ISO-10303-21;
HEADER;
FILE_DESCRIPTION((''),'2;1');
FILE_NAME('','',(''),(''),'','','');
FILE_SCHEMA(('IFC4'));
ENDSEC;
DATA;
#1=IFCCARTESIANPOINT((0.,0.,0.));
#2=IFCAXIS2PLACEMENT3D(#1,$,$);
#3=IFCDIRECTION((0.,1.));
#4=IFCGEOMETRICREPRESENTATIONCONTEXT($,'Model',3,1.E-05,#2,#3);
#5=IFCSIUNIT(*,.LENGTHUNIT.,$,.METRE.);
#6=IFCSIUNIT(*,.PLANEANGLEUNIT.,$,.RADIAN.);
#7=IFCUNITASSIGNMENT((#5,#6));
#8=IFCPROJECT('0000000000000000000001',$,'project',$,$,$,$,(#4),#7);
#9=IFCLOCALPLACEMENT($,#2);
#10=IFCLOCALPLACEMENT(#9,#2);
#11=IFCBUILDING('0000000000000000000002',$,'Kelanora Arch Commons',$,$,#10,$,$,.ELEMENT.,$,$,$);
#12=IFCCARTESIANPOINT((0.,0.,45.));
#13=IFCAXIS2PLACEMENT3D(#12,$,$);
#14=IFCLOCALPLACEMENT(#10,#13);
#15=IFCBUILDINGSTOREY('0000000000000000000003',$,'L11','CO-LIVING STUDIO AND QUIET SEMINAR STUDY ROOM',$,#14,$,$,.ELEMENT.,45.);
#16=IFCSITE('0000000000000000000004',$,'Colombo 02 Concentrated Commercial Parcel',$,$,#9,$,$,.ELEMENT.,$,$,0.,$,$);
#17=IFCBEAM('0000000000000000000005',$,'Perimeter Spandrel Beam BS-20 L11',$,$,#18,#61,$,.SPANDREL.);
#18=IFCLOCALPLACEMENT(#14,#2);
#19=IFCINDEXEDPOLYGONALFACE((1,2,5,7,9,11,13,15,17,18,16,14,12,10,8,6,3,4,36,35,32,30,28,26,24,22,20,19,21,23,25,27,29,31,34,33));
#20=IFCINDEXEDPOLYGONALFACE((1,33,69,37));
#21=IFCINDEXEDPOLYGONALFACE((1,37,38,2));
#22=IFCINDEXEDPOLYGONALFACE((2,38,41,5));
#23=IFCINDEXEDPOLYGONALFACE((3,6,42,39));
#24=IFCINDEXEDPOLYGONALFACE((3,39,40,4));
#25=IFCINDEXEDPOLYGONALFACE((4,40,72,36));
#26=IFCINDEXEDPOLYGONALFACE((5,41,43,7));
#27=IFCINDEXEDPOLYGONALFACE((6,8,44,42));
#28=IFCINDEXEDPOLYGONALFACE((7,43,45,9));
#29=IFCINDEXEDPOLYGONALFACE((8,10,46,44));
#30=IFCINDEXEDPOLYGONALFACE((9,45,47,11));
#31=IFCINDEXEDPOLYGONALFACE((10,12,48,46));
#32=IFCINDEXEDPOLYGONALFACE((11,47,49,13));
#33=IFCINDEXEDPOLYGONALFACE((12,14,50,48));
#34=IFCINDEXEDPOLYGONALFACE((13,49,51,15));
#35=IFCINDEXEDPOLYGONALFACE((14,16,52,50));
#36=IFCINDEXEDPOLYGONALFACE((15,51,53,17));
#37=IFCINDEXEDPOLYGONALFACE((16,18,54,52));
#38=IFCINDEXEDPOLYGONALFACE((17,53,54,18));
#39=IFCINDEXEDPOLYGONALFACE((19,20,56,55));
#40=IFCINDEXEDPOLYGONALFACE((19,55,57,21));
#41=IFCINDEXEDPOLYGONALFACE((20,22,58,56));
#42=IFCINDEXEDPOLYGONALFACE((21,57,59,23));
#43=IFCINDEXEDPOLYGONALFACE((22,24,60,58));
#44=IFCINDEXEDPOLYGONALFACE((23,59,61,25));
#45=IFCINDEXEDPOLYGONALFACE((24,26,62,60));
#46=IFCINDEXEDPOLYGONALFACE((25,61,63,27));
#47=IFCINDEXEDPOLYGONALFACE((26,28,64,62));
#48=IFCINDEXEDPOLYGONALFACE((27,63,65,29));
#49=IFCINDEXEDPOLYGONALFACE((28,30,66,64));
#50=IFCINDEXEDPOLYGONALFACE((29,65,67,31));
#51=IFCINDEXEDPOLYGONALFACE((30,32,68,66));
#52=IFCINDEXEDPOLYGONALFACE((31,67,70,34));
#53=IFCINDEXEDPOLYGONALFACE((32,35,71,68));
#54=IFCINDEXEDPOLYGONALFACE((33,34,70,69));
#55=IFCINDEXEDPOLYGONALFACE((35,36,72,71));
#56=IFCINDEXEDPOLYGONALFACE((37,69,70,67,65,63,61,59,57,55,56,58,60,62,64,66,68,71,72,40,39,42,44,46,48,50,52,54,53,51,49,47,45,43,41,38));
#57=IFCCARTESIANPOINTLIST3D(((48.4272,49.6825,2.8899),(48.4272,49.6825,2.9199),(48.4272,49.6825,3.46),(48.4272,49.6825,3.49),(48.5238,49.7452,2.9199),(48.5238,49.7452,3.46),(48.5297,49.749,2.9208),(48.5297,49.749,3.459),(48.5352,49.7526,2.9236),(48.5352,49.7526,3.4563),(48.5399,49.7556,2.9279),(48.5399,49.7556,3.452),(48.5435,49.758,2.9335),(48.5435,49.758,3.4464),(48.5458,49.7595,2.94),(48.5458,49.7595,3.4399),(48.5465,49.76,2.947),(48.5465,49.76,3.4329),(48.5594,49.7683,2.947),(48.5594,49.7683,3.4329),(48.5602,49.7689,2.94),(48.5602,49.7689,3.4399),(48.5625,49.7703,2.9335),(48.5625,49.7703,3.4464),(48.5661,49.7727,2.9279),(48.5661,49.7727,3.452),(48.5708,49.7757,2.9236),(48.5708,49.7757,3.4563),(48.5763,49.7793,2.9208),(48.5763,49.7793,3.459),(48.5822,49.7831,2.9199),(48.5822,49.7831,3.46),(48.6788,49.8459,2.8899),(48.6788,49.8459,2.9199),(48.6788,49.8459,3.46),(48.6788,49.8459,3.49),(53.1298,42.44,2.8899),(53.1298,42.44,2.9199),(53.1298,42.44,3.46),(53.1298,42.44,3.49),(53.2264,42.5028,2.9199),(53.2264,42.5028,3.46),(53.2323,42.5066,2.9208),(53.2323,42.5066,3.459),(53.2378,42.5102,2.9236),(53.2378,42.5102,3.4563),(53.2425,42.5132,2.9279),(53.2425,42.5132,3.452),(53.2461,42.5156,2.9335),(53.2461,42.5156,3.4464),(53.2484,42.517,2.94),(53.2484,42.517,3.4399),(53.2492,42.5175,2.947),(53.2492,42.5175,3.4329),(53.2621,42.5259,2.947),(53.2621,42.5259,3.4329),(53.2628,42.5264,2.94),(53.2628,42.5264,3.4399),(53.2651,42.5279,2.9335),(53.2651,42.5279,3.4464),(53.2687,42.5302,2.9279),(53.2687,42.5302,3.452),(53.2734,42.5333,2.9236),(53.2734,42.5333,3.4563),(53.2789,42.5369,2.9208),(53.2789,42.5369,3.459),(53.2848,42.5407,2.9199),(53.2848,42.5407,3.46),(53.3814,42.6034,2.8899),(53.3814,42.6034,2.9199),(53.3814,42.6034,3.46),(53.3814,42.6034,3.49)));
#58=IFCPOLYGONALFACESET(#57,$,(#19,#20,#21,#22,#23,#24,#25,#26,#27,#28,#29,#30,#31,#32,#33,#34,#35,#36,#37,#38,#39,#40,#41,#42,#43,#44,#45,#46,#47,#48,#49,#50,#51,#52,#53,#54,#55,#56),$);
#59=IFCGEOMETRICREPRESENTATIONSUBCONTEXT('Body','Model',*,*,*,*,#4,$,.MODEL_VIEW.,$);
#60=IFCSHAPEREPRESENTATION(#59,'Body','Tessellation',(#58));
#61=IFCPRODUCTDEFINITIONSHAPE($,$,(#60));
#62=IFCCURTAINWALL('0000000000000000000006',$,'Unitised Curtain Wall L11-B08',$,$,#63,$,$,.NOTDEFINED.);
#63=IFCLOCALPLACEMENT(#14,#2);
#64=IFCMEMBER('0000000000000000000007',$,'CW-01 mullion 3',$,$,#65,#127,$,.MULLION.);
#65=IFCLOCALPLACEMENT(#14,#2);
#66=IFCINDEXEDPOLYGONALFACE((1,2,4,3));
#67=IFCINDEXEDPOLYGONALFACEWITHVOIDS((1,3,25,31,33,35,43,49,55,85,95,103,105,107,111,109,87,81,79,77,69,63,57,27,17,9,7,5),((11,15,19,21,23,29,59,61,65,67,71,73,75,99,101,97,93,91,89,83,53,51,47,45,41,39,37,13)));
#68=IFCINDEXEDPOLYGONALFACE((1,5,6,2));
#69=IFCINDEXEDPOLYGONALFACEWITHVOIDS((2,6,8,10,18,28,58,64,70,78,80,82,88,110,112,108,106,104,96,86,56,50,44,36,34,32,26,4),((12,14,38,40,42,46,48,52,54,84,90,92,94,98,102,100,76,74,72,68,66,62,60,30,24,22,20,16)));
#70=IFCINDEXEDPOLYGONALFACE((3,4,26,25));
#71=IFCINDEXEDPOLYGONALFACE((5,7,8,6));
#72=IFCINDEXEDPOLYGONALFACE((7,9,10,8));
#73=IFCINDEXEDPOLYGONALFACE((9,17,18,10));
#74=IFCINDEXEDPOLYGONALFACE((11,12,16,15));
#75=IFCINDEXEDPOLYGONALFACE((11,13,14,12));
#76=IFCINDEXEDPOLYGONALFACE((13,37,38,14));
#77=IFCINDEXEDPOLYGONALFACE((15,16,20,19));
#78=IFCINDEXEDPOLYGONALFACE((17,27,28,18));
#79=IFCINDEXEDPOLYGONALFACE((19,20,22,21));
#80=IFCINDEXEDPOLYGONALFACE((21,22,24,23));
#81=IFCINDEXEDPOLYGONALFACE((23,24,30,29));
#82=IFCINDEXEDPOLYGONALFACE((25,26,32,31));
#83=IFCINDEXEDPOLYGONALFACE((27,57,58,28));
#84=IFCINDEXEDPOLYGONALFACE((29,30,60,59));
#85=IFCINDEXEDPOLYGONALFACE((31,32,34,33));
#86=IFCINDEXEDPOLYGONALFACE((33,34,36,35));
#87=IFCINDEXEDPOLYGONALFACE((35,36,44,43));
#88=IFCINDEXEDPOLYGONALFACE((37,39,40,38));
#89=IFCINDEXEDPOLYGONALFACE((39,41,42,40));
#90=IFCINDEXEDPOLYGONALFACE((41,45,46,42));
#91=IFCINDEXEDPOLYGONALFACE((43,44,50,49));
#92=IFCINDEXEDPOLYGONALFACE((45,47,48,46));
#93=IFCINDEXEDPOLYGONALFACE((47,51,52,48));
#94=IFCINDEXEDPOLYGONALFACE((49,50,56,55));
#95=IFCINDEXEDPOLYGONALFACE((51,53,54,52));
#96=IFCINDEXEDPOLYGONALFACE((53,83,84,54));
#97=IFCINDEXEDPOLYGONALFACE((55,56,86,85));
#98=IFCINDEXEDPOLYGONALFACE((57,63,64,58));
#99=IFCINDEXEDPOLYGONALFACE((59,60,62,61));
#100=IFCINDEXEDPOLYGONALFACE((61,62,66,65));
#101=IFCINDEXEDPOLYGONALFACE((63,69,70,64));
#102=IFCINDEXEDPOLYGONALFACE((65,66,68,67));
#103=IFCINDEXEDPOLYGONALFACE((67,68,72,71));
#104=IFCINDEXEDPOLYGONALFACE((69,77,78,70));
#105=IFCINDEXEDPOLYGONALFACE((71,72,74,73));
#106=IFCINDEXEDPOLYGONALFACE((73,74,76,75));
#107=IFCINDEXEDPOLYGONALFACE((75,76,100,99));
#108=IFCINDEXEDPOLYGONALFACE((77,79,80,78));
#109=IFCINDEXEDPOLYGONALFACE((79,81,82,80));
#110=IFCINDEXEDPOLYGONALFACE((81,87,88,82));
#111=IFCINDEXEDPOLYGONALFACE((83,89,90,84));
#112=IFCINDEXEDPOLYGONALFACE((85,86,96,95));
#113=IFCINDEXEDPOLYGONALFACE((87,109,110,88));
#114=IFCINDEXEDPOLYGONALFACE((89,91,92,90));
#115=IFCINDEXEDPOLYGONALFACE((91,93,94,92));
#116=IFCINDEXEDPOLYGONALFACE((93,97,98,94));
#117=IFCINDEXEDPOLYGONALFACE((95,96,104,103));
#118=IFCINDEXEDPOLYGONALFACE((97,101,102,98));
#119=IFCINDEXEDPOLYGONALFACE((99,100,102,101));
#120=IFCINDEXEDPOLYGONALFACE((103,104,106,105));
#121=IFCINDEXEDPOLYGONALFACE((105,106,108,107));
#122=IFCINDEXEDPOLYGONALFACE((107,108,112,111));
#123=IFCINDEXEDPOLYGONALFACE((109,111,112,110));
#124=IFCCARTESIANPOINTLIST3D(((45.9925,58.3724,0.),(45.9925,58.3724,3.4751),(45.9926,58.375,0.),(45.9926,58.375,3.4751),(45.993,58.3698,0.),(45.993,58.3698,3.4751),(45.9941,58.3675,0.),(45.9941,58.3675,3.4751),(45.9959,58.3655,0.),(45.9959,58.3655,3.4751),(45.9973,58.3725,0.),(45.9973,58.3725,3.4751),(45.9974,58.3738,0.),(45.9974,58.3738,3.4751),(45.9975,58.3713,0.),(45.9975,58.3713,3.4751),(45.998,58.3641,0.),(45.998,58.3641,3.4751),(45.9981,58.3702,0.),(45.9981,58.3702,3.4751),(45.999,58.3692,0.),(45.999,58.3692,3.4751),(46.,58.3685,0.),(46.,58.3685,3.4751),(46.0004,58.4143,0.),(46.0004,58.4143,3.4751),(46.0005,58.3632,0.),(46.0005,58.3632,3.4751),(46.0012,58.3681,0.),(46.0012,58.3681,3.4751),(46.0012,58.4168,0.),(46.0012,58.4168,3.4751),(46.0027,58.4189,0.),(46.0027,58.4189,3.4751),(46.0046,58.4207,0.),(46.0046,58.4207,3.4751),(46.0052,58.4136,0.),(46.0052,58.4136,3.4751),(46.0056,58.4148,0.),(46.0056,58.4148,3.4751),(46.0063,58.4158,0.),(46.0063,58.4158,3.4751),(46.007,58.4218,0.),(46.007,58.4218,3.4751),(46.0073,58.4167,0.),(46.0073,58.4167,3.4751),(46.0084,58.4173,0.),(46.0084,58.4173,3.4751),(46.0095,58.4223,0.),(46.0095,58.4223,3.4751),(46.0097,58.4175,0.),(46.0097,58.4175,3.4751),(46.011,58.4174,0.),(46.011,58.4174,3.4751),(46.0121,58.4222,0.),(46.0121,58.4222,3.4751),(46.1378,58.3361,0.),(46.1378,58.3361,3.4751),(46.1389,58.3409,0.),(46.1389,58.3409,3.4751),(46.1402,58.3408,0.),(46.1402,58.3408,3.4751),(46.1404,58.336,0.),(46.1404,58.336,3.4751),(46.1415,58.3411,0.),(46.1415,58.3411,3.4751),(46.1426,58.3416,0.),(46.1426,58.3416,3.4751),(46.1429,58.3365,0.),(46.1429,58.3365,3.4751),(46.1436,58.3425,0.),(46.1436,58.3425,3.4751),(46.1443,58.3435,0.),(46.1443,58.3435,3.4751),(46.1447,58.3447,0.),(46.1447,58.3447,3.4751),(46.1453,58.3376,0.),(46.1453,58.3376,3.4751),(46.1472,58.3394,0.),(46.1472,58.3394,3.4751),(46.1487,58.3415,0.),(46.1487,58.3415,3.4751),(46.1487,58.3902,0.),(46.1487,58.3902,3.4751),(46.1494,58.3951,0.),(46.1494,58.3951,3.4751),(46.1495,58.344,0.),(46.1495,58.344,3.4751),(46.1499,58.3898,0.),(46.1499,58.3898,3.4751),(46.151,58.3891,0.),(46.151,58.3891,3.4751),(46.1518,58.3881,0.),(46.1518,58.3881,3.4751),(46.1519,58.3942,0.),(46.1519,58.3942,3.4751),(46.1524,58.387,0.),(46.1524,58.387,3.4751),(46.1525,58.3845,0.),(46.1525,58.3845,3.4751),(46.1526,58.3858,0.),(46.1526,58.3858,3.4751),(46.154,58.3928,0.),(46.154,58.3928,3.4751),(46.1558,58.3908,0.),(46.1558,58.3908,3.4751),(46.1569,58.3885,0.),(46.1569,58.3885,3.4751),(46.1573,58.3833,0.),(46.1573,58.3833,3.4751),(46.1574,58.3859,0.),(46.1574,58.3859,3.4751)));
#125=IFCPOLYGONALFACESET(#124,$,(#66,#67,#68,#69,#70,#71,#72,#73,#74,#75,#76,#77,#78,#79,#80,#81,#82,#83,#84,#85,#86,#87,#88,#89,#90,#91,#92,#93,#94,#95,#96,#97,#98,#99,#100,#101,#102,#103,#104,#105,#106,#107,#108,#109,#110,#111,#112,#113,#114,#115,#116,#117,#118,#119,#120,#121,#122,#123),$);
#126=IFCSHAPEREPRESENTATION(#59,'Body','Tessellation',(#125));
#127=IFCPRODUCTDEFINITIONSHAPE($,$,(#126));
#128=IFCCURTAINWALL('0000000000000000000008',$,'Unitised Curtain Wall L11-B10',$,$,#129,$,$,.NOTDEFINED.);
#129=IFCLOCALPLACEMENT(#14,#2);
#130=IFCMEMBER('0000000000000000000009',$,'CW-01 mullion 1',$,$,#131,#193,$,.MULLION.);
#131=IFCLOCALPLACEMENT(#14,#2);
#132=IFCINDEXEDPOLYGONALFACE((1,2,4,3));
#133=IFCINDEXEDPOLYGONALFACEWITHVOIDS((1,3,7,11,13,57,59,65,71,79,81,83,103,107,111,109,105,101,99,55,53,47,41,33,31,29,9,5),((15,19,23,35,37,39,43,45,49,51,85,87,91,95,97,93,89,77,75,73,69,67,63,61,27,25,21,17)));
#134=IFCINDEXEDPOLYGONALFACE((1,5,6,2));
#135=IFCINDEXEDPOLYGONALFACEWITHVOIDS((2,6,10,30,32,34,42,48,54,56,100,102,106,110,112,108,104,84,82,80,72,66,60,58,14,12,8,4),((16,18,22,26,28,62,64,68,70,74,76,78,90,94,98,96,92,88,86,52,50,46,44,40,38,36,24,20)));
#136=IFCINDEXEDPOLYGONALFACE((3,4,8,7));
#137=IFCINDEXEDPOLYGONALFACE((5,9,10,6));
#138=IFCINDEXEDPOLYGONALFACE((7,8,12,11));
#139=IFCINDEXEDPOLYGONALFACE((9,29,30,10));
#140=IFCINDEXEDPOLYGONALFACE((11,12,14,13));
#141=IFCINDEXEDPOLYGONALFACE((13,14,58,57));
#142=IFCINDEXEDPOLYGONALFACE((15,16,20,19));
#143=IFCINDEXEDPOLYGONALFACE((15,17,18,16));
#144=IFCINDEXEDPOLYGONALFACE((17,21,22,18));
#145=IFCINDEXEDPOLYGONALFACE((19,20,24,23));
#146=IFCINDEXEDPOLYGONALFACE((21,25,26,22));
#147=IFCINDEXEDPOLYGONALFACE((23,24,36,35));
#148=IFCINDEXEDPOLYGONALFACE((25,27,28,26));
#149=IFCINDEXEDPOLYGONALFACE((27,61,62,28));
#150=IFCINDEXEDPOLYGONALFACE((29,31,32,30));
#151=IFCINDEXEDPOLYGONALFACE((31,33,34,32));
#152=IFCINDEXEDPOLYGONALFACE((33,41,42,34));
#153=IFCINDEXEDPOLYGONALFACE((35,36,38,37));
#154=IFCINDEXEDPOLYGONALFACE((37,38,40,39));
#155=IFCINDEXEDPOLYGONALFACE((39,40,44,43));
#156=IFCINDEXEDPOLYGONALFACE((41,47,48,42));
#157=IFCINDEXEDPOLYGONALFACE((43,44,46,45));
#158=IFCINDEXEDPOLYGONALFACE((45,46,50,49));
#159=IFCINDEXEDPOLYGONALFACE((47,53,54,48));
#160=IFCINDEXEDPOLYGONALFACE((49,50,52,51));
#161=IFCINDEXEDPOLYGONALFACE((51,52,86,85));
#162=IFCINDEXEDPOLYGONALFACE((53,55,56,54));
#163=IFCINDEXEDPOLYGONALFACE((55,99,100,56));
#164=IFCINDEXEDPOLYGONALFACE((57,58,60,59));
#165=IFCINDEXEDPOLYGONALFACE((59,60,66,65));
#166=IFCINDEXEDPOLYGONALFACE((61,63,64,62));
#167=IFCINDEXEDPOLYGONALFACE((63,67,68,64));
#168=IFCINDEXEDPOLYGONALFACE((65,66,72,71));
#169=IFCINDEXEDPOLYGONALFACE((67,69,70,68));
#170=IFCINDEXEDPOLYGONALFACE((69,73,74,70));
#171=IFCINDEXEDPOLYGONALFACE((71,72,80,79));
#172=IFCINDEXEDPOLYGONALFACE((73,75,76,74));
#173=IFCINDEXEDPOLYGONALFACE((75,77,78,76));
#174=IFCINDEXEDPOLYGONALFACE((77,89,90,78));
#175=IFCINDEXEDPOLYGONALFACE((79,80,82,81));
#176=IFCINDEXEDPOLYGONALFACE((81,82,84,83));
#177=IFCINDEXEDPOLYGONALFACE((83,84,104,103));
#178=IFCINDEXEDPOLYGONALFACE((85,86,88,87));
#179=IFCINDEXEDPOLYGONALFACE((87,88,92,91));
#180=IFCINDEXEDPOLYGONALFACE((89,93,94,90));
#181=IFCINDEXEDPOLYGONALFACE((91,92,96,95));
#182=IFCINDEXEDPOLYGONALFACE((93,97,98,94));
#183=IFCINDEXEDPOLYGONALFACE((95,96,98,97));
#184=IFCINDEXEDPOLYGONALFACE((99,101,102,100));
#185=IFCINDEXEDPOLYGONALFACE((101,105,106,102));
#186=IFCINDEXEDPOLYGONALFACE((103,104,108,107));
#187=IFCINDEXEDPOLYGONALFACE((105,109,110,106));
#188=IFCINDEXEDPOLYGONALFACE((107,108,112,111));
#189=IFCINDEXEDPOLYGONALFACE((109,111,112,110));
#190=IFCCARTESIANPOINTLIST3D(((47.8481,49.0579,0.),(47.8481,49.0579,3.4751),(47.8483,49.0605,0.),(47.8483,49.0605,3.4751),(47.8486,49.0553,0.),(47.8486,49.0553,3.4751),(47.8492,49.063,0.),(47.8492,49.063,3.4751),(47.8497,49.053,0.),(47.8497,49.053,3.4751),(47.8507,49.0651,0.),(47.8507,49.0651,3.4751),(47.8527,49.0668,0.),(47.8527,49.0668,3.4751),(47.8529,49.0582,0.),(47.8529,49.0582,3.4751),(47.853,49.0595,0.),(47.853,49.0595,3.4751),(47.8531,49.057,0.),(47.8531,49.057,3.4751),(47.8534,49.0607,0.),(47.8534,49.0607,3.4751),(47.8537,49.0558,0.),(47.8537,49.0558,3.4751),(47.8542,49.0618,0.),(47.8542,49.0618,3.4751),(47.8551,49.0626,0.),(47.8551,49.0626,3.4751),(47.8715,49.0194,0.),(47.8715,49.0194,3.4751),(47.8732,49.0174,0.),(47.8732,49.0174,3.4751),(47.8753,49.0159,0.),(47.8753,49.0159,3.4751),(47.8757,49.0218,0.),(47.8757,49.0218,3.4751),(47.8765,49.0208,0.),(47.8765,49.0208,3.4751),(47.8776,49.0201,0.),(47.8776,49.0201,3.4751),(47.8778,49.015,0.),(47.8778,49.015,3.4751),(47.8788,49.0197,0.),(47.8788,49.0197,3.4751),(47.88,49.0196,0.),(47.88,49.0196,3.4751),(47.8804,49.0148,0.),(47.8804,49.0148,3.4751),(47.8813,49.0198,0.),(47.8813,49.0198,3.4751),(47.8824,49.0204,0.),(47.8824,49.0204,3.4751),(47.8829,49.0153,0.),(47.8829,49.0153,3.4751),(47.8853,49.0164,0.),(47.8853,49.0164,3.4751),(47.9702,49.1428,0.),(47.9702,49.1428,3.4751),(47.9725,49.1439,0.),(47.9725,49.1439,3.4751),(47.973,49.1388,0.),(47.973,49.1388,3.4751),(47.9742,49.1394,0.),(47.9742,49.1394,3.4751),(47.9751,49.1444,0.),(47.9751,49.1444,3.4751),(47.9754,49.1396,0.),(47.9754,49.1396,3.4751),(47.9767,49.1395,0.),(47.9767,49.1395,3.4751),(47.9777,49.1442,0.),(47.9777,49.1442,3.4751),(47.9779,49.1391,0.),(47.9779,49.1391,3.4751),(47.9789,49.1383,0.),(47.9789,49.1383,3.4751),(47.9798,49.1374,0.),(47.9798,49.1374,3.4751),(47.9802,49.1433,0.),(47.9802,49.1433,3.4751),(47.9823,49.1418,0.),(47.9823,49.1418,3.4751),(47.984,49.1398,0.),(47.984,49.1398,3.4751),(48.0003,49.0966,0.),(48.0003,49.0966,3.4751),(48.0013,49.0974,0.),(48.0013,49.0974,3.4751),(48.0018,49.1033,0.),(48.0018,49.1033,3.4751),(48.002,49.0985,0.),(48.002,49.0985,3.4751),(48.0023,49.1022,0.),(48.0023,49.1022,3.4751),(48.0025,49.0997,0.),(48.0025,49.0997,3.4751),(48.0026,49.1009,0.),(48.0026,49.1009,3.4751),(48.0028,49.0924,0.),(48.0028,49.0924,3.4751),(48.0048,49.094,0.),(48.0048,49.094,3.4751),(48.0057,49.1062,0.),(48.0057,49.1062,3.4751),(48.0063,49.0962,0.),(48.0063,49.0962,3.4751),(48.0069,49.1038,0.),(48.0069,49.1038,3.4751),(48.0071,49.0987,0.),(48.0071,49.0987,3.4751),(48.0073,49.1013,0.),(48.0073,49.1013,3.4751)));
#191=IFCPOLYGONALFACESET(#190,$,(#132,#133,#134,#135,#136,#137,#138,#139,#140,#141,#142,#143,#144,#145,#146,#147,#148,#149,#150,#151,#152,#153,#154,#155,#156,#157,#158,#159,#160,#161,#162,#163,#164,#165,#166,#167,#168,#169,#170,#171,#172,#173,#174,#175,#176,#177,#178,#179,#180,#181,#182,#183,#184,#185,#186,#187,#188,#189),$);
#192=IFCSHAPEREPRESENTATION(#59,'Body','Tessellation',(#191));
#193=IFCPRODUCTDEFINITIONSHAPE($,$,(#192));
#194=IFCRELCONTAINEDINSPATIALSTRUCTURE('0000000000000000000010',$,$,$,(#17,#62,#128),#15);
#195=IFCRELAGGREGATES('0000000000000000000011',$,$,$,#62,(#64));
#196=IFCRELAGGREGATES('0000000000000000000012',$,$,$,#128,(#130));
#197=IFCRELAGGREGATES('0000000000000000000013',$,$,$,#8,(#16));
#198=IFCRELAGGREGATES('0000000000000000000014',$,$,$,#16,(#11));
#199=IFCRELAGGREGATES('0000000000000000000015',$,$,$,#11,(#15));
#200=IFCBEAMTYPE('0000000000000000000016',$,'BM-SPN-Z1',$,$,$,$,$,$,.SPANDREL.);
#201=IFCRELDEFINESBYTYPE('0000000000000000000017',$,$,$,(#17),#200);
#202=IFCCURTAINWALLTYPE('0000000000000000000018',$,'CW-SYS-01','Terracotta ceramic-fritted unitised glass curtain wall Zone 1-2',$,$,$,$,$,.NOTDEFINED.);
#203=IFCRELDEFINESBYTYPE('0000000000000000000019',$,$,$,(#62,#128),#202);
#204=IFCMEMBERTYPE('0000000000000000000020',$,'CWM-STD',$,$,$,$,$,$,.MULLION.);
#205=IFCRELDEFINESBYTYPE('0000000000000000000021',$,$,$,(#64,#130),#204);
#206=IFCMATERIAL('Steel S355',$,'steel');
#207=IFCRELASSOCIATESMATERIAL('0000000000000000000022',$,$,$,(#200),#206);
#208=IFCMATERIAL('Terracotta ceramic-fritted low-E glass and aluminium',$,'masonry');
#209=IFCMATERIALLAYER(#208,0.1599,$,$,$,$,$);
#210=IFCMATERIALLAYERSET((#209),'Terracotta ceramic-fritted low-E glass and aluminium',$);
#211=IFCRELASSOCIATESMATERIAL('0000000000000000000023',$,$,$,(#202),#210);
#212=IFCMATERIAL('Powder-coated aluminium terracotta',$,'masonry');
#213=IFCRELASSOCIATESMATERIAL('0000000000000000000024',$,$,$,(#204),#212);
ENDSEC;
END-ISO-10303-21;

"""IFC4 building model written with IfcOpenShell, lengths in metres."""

from ifc_helpers import new_model, si_unit, direction, frame, origin, origin_2d, place, context, subcontext, project, spatial, hollow_rectangle, i_section, extrude, material, layer, layer_set, material_profile, profile_set, type_object, element, aggregate, save


model = new_model("IFC4")

# Units and contexts
model_context = context("Model", 3, precision=1e-05, world=origin(), true_north=direction((0.0, 1.0)))
body_context = subcontext(model_context, "Body", "Model", "MODEL_VIEW")
ifc_project = project(units=[si_unit("LENGTHUNIT", "METRE"), si_unit("PLANEANGLEUNIT", "RADIAN")], contexts=[model_context])

# Site, building, storey
site_placement = place(None, origin())
site = spatial("IfcSite", under=ifc_project, at=site_placement, Name="Colombo 02 Concentrated Commercial Parcel", CompositionType="ELEMENT", RefElevation=0.0)
building_placement = place(site_placement, origin())
building = spatial("IfcBuilding", under=site, at=building_placement, Name="Kelanora Arch Commons", CompositionType="ELEMENT")
storey_placement = place(building_placement, frame((0.0, 0.0, 45.0)))
storey = spatial("IfcBuildingStorey", under=building, at=storey_placement, Name="L11", Description="CO-LIVING STUDIO AND QUIET SEMINAR STUDY ROOM", CompositionType="ELEMENT", Elevation=45.0)

# Beam
ifc_material_1 = material(Name="Steel S355", Category="steel")
ifc_material_profile_1 = material_profile(ifc_material_1, i_section(OverallWidth=0.3, OverallDepth=0.6001, WebThickness=0.0154, FlangeThickness=0.03, FilletRadius=0.0271, at=origin_2d()), Name="HEB600")
ifc_profile_set_1 = profile_set([ifc_material_profile_1], Name="Steel S355")
beam_type = type_object("IfcBeamType", Name="BM-SPN-Z1", PredefinedType="SPANDREL", material=ifc_profile_set_1)
beam_1_placement = place(storey_placement, frame((48.553, 49.7642, 3.1899), z_axis=(0.544586, -0.838705, 0.0), x_axis=(0.838705, 0.544586, 0.0)))
element("IfcBeam", 1, at=beam_1_placement, inside=storey, type_object=beam_type, Name="Perimeter Spandrel Beam BS-20 L11", PredefinedType="SPANDREL", context=body_context, shape_type="SweptSolid", body=[
    extrude(i_section(OverallWidth=0.3, OverallDepth=0.6001, WebThickness=0.0154, FlangeThickness=0.03, FilletRadius=0.0271, at=origin_2d()), origin(), (0.0, 0.0, 1.0), 8.6353),
])

# Curtain wall, member
ifc_material_2 = material(Name="Terracotta ceramic-fritted low-E glass and aluminium", Category="masonry")
ifc_layer_1 = layer(ifc_material_2, 0.1599)
ifc_layer_set_1 = layer_set([ifc_layer_1], Name="Terracotta ceramic-fritted low-E glass and aluminium")
curtain_wall_type = type_object("IfcCurtainWallType", Name="CW-SYS-01", Description="Terracotta ceramic-fritted unitised glass curtain wall Zone 1-2", PredefinedType="NOTDEFINED", material=ifc_layer_set_1)
curtain_wall_1_placement = place(storey_placement, origin())
curtain_wall_1 = element("IfcCurtainWall", 2, at=curtain_wall_1_placement, inside=storey, type_object=curtain_wall_type, Name="Unitised Curtain Wall L11-B08", PredefinedType="NOTDEFINED")
ifc_material_3 = material(Name="Powder-coated aluminium terracotta", Category="masonry")
ifc_material_profile_2 = material_profile(ifc_material_3, hollow_rectangle(XDim=0.1599, YDim=0.0601, WallThickness=0.0049, InnerFilletRadius=0.0049, OuterFilletRadius=0.01, at=origin_2d()), Name="CWM160x60")
ifc_profile_set_2 = profile_set([ifc_material_profile_2], Name="Powder-coated aluminium terracotta")
member_type_1 = type_object("IfcMemberType", Name="CWM-STD", PredefinedType="MULLION", material=ifc_profile_set_2)
member_1_placement = place(storey_placement, frame((46.075, 58.3792, 0.0), z_axis=(0.0, 0.0, 1.0), x_axis=(0.981052, -0.193744, 0.0)))
member_1 = element("IfcMember", 3, at=member_1_placement, type_object=member_type_1, Name="CW-01 mullion 3", PredefinedType="MULLION", context=body_context, shape_type="SweptSolid", body=[
    extrude(hollow_rectangle(XDim=0.1599, YDim=0.0601, WallThickness=0.0049, InnerFilletRadius=0.0049, OuterFilletRadius=0.01, at=origin_2d()), origin(), (0.0, 0.0, 1.0), 3.4751),
])
aggregate(curtain_wall_1, [member_1])

# Curtain wall, member
curtain_wall_2_placement = place(storey_placement, origin())
curtain_wall_2 = element("IfcCurtainWall", 4, at=curtain_wall_2_placement, inside=storey, type_object=curtain_wall_type, Name="Unitised Curtain Wall L11-B10", PredefinedType="NOTDEFINED")
member_2_placement = place(storey_placement, frame((47.9277, 49.0796, 0.0), z_axis=(0.0, 0.0, 1.0), x_axis=(0.83973, 0.543004, 0.0)))
member_2 = element("IfcMember", 5, at=member_2_placement, type_object=member_type_1, Name="CW-01 mullion 1", PredefinedType="MULLION", context=body_context, shape_type="SweptSolid", body=[
    extrude(hollow_rectangle(XDim=0.1599, YDim=0.0601, WallThickness=0.0049, InnerFilletRadius=0.0049, OuterFilletRadius=0.01, at=origin_2d()), origin(), (0.0, 0.0, 1.0), 3.4751),
])

aggregate(curtain_wall_2, [member_2])

save(model, "model.ifc")
